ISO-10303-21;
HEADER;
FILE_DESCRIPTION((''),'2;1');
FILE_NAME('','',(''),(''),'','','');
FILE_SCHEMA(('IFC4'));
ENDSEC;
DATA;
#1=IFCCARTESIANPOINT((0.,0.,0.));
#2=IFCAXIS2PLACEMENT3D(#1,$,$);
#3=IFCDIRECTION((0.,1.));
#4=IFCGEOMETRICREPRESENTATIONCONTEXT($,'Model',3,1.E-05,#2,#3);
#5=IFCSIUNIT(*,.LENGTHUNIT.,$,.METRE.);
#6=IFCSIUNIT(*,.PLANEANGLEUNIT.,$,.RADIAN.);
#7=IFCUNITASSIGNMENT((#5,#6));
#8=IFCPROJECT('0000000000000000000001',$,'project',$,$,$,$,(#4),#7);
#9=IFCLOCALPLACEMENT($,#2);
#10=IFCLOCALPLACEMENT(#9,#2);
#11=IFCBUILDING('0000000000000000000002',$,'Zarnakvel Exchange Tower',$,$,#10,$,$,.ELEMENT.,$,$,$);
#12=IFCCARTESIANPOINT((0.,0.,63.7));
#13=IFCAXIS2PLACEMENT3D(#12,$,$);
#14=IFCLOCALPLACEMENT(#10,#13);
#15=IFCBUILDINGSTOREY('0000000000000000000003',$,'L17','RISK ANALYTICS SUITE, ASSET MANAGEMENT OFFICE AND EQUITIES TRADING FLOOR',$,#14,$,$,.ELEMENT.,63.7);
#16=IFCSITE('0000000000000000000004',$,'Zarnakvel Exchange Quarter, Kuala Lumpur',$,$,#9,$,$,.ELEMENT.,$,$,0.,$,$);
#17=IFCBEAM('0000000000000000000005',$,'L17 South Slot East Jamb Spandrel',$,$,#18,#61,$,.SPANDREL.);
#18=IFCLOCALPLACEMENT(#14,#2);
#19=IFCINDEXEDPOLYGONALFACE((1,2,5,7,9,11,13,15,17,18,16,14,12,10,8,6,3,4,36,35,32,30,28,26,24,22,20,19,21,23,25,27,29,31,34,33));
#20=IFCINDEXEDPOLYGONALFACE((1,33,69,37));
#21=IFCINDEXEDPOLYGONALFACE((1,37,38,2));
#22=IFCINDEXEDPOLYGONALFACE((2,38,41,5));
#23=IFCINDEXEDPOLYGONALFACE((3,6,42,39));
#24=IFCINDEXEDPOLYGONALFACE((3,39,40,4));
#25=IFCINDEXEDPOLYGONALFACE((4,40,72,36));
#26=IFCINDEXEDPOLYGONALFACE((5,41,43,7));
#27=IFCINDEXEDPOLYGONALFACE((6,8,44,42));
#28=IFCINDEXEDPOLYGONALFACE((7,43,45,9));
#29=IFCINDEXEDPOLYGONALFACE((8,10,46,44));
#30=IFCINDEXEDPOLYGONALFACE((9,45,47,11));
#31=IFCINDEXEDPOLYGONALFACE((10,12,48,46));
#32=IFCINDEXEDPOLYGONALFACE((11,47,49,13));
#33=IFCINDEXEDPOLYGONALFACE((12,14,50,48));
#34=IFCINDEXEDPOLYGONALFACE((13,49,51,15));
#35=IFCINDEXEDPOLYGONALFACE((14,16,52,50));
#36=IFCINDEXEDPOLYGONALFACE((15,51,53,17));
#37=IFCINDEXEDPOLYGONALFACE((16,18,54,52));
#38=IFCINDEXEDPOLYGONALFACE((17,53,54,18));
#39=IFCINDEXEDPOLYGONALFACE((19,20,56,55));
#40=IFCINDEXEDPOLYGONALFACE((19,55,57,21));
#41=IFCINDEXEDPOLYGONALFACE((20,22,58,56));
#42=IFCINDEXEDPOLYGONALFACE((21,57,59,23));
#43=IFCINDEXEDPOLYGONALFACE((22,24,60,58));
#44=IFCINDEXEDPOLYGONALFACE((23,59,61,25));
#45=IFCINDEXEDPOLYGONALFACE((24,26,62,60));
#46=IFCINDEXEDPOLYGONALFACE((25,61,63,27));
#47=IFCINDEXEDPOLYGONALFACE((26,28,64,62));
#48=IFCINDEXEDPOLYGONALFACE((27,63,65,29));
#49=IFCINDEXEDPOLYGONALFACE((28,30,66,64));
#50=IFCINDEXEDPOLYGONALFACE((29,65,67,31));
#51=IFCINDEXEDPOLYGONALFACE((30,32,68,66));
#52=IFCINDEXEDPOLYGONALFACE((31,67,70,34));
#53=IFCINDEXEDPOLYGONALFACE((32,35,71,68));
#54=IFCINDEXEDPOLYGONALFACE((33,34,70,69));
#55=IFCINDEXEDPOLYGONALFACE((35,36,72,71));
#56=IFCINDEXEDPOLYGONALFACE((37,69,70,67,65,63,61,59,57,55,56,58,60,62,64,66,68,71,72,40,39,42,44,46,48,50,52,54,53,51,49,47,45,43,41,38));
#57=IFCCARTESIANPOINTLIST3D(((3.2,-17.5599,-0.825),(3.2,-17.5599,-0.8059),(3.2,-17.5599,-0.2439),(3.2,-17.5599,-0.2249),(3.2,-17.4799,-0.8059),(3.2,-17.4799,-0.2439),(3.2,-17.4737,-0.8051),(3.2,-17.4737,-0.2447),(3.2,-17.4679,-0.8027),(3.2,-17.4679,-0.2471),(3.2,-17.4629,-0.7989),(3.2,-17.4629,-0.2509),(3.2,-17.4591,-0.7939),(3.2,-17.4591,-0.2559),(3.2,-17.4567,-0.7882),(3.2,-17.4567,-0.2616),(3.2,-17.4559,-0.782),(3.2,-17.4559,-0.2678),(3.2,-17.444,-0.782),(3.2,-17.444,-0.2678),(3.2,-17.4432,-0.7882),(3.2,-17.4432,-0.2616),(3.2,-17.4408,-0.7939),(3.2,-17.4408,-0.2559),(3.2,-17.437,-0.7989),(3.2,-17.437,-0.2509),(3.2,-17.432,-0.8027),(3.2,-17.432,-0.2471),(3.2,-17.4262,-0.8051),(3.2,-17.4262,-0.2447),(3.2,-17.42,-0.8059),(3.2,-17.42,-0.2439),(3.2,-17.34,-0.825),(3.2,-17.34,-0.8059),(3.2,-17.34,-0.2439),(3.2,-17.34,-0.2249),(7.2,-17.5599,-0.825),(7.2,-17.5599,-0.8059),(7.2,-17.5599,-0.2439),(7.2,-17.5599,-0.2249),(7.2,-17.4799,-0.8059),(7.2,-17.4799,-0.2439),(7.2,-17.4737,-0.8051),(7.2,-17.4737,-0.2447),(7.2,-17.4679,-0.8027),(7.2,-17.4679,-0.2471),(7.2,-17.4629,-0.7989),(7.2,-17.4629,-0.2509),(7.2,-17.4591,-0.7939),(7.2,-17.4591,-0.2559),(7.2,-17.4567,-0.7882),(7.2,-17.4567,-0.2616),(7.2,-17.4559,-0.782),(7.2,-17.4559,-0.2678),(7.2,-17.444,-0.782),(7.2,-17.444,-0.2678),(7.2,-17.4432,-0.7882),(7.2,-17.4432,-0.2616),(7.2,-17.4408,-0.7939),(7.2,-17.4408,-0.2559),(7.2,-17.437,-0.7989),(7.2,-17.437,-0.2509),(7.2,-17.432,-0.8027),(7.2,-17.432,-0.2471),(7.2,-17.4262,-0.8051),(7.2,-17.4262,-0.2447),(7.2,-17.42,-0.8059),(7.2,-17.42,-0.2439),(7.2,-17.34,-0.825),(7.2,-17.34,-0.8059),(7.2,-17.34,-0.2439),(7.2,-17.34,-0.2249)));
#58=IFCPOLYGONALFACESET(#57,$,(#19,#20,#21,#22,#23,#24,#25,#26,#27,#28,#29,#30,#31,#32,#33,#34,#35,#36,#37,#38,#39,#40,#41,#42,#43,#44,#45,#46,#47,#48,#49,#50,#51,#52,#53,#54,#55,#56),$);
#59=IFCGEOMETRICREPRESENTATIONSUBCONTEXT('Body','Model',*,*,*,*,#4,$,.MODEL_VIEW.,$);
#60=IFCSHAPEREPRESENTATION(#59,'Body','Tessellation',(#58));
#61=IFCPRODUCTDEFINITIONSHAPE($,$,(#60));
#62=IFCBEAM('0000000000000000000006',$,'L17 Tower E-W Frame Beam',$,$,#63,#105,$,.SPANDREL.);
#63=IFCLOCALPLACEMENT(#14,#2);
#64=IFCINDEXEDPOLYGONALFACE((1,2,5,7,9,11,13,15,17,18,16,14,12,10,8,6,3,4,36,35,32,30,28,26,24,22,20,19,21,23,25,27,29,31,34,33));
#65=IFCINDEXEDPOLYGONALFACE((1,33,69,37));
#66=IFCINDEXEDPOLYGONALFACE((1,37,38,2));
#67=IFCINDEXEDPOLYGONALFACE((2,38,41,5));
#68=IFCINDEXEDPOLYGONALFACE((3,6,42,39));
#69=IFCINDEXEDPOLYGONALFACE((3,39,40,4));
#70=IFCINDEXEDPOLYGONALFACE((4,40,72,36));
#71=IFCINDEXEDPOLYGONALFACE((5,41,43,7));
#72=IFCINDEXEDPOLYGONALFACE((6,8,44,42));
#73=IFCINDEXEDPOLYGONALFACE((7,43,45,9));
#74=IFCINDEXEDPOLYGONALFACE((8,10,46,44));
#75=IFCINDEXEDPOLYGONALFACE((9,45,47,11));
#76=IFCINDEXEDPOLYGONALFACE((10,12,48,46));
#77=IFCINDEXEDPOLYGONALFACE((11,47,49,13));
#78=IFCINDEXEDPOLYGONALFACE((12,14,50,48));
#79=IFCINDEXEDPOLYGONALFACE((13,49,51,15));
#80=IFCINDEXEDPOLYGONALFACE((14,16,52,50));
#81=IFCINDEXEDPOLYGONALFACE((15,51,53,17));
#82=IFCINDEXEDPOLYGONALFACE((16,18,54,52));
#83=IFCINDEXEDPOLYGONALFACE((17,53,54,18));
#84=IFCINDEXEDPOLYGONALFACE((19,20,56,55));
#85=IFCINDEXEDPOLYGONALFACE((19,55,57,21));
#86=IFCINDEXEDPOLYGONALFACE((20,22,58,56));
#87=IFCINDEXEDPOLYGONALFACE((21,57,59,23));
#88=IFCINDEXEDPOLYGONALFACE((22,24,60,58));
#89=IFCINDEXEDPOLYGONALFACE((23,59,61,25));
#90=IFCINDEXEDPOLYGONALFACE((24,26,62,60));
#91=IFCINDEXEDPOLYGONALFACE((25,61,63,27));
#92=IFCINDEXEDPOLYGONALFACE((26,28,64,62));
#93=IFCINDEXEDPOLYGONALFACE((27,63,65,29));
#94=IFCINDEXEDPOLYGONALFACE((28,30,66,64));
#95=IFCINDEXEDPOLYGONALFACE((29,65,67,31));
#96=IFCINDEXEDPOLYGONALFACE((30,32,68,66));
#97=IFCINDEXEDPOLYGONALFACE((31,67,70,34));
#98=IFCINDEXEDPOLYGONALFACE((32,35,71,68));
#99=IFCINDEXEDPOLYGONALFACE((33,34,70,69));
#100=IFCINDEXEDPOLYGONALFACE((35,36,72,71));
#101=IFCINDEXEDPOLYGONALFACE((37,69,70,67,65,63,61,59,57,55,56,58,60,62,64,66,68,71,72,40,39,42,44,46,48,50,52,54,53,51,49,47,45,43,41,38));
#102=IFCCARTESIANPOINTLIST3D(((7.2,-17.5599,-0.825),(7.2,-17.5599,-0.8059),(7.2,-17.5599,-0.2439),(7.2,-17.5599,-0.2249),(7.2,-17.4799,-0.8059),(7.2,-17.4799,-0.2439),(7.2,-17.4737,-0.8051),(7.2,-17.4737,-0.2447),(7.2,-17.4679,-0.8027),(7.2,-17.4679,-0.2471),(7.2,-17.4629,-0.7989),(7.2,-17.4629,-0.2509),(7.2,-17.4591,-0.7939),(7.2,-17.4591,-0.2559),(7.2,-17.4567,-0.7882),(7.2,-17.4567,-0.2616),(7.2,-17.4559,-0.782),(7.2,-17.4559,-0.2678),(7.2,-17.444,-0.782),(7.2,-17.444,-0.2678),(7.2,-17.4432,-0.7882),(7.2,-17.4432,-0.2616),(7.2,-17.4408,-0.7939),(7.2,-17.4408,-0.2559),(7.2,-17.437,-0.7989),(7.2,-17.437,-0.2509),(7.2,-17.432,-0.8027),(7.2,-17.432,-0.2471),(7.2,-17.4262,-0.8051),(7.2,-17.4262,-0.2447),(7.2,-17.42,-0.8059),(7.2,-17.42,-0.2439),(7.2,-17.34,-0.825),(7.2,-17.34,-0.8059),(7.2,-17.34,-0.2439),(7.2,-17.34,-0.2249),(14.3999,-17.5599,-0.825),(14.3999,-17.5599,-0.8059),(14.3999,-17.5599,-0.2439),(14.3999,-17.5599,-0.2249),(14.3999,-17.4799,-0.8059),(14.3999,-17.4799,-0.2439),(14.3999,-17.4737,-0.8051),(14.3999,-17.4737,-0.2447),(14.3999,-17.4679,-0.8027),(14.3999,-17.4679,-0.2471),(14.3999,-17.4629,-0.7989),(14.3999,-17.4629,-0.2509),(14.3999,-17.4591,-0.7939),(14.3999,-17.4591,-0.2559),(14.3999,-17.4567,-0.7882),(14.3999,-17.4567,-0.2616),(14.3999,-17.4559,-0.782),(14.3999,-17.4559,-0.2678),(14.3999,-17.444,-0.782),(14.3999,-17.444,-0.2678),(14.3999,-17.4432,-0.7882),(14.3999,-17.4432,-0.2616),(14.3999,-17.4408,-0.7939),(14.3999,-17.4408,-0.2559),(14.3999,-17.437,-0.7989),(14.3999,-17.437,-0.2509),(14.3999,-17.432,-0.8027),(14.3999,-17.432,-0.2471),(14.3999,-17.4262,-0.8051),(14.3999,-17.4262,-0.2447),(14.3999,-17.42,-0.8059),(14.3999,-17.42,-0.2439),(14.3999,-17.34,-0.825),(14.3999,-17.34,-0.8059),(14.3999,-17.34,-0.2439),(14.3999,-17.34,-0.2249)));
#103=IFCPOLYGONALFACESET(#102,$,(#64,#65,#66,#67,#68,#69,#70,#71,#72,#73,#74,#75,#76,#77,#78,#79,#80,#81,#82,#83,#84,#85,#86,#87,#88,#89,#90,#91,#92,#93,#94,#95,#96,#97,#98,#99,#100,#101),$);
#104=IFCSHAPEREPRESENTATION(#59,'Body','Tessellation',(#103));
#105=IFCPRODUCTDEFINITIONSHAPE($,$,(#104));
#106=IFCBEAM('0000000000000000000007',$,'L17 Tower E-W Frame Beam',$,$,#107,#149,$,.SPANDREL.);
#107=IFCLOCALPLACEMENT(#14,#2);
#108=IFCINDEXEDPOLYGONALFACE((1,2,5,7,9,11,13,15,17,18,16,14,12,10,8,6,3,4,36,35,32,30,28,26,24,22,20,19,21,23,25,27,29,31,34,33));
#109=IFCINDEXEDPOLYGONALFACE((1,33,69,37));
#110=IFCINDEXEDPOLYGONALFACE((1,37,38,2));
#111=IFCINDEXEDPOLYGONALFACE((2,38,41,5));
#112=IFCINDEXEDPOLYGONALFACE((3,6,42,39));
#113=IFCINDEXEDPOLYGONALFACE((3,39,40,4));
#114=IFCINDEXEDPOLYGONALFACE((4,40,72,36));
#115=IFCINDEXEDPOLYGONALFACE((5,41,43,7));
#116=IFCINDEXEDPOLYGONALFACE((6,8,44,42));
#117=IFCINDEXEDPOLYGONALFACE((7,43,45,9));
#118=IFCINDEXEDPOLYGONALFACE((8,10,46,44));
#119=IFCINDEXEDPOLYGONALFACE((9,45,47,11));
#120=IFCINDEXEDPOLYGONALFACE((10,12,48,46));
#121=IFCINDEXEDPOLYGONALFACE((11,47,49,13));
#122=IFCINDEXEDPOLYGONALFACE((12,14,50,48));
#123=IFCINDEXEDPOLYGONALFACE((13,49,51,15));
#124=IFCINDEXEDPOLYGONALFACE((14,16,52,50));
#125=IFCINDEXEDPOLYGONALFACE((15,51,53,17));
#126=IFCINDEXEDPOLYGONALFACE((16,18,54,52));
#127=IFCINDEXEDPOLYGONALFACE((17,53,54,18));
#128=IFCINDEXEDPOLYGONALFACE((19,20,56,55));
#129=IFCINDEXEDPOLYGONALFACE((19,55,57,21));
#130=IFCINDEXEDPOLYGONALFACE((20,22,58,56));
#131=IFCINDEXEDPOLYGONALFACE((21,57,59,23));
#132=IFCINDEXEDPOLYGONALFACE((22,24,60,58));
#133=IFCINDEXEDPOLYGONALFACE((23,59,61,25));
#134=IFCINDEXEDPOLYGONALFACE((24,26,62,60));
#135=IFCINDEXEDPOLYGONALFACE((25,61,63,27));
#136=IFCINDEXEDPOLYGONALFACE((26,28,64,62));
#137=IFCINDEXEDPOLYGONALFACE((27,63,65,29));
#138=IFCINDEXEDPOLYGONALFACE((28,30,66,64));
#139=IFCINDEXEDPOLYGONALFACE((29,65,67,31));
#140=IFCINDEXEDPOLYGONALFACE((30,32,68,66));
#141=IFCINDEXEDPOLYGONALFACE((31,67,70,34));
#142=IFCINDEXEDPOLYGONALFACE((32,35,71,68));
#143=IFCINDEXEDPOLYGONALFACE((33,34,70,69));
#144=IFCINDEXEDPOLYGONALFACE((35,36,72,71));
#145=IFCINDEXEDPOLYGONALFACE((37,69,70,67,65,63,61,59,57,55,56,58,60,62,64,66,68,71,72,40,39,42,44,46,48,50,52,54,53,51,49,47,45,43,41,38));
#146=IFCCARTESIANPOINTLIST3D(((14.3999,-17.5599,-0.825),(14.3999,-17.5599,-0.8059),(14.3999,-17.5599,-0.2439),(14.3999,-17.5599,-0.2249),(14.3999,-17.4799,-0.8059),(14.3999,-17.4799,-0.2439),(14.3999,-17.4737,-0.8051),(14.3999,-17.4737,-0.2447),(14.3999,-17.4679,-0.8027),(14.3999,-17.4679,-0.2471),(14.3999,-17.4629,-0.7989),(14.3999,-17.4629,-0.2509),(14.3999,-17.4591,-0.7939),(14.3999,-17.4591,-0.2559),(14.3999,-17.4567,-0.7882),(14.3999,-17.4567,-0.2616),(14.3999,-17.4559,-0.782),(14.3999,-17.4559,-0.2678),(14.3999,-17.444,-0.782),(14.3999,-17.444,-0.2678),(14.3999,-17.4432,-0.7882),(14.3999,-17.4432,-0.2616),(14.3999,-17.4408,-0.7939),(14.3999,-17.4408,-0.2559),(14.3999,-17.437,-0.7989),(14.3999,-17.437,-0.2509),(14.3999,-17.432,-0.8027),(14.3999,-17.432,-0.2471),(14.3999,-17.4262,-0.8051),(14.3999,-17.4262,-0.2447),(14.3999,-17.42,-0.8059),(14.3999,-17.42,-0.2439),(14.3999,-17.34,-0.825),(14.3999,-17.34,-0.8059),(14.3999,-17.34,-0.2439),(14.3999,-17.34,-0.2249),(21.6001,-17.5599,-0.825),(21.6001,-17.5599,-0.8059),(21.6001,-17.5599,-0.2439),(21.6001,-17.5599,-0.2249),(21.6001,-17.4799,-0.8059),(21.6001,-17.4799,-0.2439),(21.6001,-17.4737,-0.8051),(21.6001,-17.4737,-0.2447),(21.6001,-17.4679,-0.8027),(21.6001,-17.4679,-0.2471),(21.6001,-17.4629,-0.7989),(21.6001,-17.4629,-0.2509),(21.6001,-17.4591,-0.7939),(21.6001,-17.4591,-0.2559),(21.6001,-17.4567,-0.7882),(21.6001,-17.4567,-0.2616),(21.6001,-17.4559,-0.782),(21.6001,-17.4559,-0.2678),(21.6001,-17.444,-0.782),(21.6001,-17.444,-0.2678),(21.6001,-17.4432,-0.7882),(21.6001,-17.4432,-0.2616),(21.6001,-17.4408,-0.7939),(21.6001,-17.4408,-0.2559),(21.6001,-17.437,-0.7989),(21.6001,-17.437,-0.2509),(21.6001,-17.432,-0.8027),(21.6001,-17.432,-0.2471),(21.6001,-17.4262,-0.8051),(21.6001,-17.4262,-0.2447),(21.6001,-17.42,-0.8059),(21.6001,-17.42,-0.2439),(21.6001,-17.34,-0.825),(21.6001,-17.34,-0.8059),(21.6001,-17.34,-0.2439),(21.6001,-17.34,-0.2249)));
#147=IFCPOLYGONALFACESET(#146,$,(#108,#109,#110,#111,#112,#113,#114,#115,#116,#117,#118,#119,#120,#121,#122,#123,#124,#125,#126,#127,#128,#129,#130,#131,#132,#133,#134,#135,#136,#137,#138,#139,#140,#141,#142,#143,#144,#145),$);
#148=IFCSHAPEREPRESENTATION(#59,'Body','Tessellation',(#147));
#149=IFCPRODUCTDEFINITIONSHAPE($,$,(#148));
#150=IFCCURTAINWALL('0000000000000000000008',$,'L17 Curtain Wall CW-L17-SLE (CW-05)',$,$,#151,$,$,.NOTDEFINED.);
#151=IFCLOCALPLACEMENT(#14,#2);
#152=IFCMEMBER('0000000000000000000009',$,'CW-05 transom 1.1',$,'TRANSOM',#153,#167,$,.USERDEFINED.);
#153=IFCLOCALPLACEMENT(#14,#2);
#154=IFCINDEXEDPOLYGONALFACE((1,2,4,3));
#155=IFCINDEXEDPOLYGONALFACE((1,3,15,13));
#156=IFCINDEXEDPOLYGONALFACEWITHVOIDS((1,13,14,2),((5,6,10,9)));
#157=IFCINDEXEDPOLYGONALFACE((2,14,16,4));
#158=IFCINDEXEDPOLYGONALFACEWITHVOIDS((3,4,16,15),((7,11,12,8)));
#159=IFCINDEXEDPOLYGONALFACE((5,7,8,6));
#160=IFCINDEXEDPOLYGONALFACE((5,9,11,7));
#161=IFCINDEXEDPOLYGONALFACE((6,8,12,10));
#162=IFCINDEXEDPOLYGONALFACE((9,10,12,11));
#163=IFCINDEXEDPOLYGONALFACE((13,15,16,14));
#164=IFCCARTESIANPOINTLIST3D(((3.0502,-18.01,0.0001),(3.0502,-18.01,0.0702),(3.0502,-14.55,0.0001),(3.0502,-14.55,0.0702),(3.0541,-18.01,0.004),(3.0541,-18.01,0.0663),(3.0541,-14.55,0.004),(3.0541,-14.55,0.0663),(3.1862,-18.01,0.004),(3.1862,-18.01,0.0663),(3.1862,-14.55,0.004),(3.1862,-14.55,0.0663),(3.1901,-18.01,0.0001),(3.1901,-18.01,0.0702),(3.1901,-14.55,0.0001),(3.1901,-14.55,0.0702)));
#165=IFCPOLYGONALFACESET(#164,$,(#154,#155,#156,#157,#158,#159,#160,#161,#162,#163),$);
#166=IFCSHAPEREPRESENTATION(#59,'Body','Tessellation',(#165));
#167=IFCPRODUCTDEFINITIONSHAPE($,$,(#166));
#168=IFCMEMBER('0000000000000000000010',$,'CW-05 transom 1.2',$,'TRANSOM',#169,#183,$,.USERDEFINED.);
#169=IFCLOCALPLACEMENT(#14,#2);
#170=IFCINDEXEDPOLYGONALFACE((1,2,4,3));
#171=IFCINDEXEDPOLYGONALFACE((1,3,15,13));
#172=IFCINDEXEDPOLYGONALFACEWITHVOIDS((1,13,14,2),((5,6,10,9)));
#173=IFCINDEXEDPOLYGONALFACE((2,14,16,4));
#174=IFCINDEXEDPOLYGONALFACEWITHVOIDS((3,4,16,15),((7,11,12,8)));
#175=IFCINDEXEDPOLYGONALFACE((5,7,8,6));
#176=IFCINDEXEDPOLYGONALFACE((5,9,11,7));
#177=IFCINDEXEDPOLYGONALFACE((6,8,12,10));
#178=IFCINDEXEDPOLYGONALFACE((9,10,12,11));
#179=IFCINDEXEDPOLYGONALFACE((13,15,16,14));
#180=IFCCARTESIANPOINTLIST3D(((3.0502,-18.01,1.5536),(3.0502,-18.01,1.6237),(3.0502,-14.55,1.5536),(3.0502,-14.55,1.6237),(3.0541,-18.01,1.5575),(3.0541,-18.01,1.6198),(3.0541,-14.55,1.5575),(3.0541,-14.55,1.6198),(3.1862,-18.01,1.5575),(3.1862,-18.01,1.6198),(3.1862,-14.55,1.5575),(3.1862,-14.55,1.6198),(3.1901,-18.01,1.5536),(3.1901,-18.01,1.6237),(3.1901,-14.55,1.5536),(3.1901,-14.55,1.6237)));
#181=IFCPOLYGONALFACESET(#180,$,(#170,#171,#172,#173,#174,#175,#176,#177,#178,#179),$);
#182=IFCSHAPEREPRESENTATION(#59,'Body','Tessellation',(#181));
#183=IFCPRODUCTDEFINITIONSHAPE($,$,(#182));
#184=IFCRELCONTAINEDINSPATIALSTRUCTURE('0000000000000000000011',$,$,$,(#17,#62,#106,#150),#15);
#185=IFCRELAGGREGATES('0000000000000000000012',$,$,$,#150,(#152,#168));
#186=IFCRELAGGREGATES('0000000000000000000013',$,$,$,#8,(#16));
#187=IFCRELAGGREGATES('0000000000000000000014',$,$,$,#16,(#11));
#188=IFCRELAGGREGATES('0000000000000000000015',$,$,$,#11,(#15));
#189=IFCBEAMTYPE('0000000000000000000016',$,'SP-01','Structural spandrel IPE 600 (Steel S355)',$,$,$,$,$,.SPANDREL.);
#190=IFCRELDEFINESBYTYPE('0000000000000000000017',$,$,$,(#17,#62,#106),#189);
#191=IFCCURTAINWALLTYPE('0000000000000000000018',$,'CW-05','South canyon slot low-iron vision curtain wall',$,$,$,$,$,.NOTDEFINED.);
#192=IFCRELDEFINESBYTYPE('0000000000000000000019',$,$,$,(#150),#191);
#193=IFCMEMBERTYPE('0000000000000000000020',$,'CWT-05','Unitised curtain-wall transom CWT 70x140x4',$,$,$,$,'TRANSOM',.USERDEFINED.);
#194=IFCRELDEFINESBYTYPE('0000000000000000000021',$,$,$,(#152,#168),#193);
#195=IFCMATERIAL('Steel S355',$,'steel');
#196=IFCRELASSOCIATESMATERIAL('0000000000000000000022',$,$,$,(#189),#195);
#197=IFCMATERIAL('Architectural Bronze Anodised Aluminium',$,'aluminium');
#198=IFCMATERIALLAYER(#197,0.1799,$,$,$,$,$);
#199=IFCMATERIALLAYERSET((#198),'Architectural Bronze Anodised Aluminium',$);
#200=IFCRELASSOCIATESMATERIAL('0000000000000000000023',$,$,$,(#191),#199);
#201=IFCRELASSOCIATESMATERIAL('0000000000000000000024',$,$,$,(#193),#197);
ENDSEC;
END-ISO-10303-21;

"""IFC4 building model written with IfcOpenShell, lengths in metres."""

from ifc_helpers import new_model, si_unit, direction, frame, origin, origin_2d, place, context, subcontext, project, spatial, hollow_rectangle, i_section, extrude, source, transform, mapped, material, layer, layer_set, material_profile, profile_set, type_object, element, aggregate, save


model = new_model("IFC4")

# Units and contexts
model_context = context("Model", 3, precision=1e-05, world=origin(), true_north=direction((0.0, 1.0)))
body_context = subcontext(model_context, "Body", "Model", "MODEL_VIEW")
ifc_project = project(units=[si_unit("LENGTHUNIT", "METRE"), si_unit("PLANEANGLEUNIT", "RADIAN")], contexts=[model_context])

# Site, building, storey
site_placement = place(None, origin())
site = spatial("IfcSite", under=ifc_project, at=site_placement, Name="Zarnakvel Exchange Quarter, Kuala Lumpur", CompositionType="ELEMENT", RefElevation=0.0)
building_placement = place(site_placement, origin())
building = spatial("IfcBuilding", under=site, at=building_placement, Name="Zarnakvel Exchange Tower", CompositionType="ELEMENT")
storey_placement = place(building_placement, frame((0.0, 0.0, 63.7)))
storey = spatial("IfcBuildingStorey", under=building, at=storey_placement, Name="L17", Description="RISK ANALYTICS SUITE, ASSET MANAGEMENT OFFICE AND EQUITIES TRADING FLOOR", CompositionType="ELEMENT", Elevation=63.7)

# Beams
ifc_material_1 = material(Name="Steel S355", Category="steel")
ifc_material_profile_1 = material_profile(ifc_material_1, i_section(OverallWidth=0.22, OverallDepth=0.6001, WebThickness=0.012, FlangeThickness=0.019, FilletRadius=0.0239, at=origin_2d()))
ifc_profile_set_1 = profile_set([ifc_material_profile_1], Name="Steel S355")
beam_type_1 = type_object("IfcBeamType", Name="SP-01", Description="Structural spandrel IPE 600 (Steel S355)", PredefinedType="SPANDREL", material=ifc_profile_set_1)
beam_1_placement = place(storey_placement, frame((3.2, -17.45, -0.5249), z_axis=(1.0, 0.0, 0.0), x_axis=(0.0, 1.0, 0.0)))
element("IfcBeam", 1, at=beam_1_placement, inside=storey, type_object=beam_type_1, Name="L17 South Slot East Jamb Spandrel", PredefinedType="SPANDREL", context=body_context, shape_type="SweptSolid", body=[
    extrude(i_section(OverallWidth=0.22, OverallDepth=0.6001, WebThickness=0.012, FlangeThickness=0.019, FilletRadius=0.0239, at=origin_2d()), origin(), (0.0, 0.0, 1.0), 4.0),
])
beam_2_placement = place(storey_placement, frame((7.2, -17.45, -0.5249), z_axis=(1.0, 0.0, 0.0), x_axis=(0.0, 1.0, 0.0)))
element("IfcBeam", 2, at=beam_2_placement, inside=storey, type_object=beam_type_1, Name="L17 Tower E-W Frame Beam", PredefinedType="SPANDREL", context=body_context, shape_type="SweptSolid", body=[
    extrude(i_section(OverallWidth=0.22, OverallDepth=0.6001, WebThickness=0.012, FlangeThickness=0.019, FilletRadius=0.0239, at=origin_2d()), origin(), (0.0, 0.0, 1.0), 7.2),
])
beam_3_placement = place(storey_placement, frame((14.3999, -17.45, -0.5249), z_axis=(1.0, 0.0, 0.0), x_axis=(0.0, 1.0, 0.0)))
element("IfcBeam", 3, at=beam_3_placement, inside=storey, type_object=beam_type_1, Name="L17 Tower E-W Frame Beam", PredefinedType="SPANDREL", context=body_context, shape_type="SweptSolid", body=[
    extrude(i_section(OverallWidth=0.22, OverallDepth=0.6001, WebThickness=0.012, FlangeThickness=0.019, FilletRadius=0.0239, at=origin_2d()), origin(), (0.0, 0.0, 1.0), 7.2002),
])

# Curtain wall, members
ifc_material_2 = material(Name="Architectural Bronze Anodised Aluminium", Category="aluminium")
ifc_layer_1 = layer(ifc_material_2, 0.1799)
ifc_layer_set_1 = layer_set([ifc_layer_1], Name="Architectural Bronze Anodised Aluminium")
curtain_wall_type = type_object("IfcCurtainWallType", Name="CW-05", Description="South canyon slot low-iron vision curtain wall", PredefinedType="NOTDEFINED", material=ifc_layer_set_1)
curtain_wall_1_placement = place(storey_placement, origin())
curtain_wall_1 = element("IfcCurtainWall", 4, at=curtain_wall_1_placement, inside=storey, type_object=curtain_wall_type, Name="L17 Curtain Wall CW-L17-SLE (CW-05)", PredefinedType="NOTDEFINED")
ifc_material_profile_2 = material_profile(ifc_material_2, hollow_rectangle(XDim=0.1399, YDim=0.0701, WallThickness=0.0039, at=origin_2d()))
ifc_profile_set_2 = profile_set([ifc_material_profile_2], Name="Architectural Bronze Anodised Aluminium")
member_type_1 = type_object("IfcMemberType", Name="CWT-05", Description="Unitised curtain-wall transom CWT 70x140x4", ElementType="TRANSOM", PredefinedType="USERDEFINED", material=ifc_profile_set_2)
shared_shape_1 = source(origin(), body_context, "Body", "SweptSolid", [
    extrude(hollow_rectangle(XDim=0.1399, YDim=0.0701, WallThickness=0.0039, at=origin_2d()), origin(), (0.0, 0.0, 1.0), 3.46),
])
member_1_placement = place(storey_placement, frame((3.1201, -14.55, 0.0352), z_axis=(0.0, -1.0, 0.0), x_axis=(1.0, 0.0, 0.0)))
member_1 = element("IfcMember", 5, at=member_1_placement, type_object=member_type_1, Name="CW-05 transom 1.1", ObjectType="TRANSOM", PredefinedType="USERDEFINED", context=body_context, shape_type="MappedRepresentation", body=[
    mapped(shared_shape_1, transform((0.0, 0.0, 0.0), x_axis=(1.0, 0.0, 0.0), y_axis=(0.0, 1.0, 0.0), z_axis=(0.0, 0.0, 1.0), scale=1.0)),
])
member_2_placement = place(storey_placement, frame((3.1201, -14.55, 1.5886), z_axis=(0.0, -1.0, 0.0), x_axis=(1.0, 0.0, 0.0)))
member_2 = element("IfcMember", 6, at=member_2_placement, type_object=member_type_1, Name="CW-05 transom 1.2", ObjectType="TRANSOM", PredefinedType="USERDEFINED", context=body_context, shape_type="MappedRepresentation", body=[
    mapped(shared_shape_1, transform((0.0, 0.0, 0.0), x_axis=(1.0, 0.0, 0.0), y_axis=(0.0, 1.0, 0.0), z_axis=(0.0, 0.0, 1.0), scale=1.0)),
])

aggregate(curtain_wall_1, [member_1, member_2])

save(model, "model.ifc")
